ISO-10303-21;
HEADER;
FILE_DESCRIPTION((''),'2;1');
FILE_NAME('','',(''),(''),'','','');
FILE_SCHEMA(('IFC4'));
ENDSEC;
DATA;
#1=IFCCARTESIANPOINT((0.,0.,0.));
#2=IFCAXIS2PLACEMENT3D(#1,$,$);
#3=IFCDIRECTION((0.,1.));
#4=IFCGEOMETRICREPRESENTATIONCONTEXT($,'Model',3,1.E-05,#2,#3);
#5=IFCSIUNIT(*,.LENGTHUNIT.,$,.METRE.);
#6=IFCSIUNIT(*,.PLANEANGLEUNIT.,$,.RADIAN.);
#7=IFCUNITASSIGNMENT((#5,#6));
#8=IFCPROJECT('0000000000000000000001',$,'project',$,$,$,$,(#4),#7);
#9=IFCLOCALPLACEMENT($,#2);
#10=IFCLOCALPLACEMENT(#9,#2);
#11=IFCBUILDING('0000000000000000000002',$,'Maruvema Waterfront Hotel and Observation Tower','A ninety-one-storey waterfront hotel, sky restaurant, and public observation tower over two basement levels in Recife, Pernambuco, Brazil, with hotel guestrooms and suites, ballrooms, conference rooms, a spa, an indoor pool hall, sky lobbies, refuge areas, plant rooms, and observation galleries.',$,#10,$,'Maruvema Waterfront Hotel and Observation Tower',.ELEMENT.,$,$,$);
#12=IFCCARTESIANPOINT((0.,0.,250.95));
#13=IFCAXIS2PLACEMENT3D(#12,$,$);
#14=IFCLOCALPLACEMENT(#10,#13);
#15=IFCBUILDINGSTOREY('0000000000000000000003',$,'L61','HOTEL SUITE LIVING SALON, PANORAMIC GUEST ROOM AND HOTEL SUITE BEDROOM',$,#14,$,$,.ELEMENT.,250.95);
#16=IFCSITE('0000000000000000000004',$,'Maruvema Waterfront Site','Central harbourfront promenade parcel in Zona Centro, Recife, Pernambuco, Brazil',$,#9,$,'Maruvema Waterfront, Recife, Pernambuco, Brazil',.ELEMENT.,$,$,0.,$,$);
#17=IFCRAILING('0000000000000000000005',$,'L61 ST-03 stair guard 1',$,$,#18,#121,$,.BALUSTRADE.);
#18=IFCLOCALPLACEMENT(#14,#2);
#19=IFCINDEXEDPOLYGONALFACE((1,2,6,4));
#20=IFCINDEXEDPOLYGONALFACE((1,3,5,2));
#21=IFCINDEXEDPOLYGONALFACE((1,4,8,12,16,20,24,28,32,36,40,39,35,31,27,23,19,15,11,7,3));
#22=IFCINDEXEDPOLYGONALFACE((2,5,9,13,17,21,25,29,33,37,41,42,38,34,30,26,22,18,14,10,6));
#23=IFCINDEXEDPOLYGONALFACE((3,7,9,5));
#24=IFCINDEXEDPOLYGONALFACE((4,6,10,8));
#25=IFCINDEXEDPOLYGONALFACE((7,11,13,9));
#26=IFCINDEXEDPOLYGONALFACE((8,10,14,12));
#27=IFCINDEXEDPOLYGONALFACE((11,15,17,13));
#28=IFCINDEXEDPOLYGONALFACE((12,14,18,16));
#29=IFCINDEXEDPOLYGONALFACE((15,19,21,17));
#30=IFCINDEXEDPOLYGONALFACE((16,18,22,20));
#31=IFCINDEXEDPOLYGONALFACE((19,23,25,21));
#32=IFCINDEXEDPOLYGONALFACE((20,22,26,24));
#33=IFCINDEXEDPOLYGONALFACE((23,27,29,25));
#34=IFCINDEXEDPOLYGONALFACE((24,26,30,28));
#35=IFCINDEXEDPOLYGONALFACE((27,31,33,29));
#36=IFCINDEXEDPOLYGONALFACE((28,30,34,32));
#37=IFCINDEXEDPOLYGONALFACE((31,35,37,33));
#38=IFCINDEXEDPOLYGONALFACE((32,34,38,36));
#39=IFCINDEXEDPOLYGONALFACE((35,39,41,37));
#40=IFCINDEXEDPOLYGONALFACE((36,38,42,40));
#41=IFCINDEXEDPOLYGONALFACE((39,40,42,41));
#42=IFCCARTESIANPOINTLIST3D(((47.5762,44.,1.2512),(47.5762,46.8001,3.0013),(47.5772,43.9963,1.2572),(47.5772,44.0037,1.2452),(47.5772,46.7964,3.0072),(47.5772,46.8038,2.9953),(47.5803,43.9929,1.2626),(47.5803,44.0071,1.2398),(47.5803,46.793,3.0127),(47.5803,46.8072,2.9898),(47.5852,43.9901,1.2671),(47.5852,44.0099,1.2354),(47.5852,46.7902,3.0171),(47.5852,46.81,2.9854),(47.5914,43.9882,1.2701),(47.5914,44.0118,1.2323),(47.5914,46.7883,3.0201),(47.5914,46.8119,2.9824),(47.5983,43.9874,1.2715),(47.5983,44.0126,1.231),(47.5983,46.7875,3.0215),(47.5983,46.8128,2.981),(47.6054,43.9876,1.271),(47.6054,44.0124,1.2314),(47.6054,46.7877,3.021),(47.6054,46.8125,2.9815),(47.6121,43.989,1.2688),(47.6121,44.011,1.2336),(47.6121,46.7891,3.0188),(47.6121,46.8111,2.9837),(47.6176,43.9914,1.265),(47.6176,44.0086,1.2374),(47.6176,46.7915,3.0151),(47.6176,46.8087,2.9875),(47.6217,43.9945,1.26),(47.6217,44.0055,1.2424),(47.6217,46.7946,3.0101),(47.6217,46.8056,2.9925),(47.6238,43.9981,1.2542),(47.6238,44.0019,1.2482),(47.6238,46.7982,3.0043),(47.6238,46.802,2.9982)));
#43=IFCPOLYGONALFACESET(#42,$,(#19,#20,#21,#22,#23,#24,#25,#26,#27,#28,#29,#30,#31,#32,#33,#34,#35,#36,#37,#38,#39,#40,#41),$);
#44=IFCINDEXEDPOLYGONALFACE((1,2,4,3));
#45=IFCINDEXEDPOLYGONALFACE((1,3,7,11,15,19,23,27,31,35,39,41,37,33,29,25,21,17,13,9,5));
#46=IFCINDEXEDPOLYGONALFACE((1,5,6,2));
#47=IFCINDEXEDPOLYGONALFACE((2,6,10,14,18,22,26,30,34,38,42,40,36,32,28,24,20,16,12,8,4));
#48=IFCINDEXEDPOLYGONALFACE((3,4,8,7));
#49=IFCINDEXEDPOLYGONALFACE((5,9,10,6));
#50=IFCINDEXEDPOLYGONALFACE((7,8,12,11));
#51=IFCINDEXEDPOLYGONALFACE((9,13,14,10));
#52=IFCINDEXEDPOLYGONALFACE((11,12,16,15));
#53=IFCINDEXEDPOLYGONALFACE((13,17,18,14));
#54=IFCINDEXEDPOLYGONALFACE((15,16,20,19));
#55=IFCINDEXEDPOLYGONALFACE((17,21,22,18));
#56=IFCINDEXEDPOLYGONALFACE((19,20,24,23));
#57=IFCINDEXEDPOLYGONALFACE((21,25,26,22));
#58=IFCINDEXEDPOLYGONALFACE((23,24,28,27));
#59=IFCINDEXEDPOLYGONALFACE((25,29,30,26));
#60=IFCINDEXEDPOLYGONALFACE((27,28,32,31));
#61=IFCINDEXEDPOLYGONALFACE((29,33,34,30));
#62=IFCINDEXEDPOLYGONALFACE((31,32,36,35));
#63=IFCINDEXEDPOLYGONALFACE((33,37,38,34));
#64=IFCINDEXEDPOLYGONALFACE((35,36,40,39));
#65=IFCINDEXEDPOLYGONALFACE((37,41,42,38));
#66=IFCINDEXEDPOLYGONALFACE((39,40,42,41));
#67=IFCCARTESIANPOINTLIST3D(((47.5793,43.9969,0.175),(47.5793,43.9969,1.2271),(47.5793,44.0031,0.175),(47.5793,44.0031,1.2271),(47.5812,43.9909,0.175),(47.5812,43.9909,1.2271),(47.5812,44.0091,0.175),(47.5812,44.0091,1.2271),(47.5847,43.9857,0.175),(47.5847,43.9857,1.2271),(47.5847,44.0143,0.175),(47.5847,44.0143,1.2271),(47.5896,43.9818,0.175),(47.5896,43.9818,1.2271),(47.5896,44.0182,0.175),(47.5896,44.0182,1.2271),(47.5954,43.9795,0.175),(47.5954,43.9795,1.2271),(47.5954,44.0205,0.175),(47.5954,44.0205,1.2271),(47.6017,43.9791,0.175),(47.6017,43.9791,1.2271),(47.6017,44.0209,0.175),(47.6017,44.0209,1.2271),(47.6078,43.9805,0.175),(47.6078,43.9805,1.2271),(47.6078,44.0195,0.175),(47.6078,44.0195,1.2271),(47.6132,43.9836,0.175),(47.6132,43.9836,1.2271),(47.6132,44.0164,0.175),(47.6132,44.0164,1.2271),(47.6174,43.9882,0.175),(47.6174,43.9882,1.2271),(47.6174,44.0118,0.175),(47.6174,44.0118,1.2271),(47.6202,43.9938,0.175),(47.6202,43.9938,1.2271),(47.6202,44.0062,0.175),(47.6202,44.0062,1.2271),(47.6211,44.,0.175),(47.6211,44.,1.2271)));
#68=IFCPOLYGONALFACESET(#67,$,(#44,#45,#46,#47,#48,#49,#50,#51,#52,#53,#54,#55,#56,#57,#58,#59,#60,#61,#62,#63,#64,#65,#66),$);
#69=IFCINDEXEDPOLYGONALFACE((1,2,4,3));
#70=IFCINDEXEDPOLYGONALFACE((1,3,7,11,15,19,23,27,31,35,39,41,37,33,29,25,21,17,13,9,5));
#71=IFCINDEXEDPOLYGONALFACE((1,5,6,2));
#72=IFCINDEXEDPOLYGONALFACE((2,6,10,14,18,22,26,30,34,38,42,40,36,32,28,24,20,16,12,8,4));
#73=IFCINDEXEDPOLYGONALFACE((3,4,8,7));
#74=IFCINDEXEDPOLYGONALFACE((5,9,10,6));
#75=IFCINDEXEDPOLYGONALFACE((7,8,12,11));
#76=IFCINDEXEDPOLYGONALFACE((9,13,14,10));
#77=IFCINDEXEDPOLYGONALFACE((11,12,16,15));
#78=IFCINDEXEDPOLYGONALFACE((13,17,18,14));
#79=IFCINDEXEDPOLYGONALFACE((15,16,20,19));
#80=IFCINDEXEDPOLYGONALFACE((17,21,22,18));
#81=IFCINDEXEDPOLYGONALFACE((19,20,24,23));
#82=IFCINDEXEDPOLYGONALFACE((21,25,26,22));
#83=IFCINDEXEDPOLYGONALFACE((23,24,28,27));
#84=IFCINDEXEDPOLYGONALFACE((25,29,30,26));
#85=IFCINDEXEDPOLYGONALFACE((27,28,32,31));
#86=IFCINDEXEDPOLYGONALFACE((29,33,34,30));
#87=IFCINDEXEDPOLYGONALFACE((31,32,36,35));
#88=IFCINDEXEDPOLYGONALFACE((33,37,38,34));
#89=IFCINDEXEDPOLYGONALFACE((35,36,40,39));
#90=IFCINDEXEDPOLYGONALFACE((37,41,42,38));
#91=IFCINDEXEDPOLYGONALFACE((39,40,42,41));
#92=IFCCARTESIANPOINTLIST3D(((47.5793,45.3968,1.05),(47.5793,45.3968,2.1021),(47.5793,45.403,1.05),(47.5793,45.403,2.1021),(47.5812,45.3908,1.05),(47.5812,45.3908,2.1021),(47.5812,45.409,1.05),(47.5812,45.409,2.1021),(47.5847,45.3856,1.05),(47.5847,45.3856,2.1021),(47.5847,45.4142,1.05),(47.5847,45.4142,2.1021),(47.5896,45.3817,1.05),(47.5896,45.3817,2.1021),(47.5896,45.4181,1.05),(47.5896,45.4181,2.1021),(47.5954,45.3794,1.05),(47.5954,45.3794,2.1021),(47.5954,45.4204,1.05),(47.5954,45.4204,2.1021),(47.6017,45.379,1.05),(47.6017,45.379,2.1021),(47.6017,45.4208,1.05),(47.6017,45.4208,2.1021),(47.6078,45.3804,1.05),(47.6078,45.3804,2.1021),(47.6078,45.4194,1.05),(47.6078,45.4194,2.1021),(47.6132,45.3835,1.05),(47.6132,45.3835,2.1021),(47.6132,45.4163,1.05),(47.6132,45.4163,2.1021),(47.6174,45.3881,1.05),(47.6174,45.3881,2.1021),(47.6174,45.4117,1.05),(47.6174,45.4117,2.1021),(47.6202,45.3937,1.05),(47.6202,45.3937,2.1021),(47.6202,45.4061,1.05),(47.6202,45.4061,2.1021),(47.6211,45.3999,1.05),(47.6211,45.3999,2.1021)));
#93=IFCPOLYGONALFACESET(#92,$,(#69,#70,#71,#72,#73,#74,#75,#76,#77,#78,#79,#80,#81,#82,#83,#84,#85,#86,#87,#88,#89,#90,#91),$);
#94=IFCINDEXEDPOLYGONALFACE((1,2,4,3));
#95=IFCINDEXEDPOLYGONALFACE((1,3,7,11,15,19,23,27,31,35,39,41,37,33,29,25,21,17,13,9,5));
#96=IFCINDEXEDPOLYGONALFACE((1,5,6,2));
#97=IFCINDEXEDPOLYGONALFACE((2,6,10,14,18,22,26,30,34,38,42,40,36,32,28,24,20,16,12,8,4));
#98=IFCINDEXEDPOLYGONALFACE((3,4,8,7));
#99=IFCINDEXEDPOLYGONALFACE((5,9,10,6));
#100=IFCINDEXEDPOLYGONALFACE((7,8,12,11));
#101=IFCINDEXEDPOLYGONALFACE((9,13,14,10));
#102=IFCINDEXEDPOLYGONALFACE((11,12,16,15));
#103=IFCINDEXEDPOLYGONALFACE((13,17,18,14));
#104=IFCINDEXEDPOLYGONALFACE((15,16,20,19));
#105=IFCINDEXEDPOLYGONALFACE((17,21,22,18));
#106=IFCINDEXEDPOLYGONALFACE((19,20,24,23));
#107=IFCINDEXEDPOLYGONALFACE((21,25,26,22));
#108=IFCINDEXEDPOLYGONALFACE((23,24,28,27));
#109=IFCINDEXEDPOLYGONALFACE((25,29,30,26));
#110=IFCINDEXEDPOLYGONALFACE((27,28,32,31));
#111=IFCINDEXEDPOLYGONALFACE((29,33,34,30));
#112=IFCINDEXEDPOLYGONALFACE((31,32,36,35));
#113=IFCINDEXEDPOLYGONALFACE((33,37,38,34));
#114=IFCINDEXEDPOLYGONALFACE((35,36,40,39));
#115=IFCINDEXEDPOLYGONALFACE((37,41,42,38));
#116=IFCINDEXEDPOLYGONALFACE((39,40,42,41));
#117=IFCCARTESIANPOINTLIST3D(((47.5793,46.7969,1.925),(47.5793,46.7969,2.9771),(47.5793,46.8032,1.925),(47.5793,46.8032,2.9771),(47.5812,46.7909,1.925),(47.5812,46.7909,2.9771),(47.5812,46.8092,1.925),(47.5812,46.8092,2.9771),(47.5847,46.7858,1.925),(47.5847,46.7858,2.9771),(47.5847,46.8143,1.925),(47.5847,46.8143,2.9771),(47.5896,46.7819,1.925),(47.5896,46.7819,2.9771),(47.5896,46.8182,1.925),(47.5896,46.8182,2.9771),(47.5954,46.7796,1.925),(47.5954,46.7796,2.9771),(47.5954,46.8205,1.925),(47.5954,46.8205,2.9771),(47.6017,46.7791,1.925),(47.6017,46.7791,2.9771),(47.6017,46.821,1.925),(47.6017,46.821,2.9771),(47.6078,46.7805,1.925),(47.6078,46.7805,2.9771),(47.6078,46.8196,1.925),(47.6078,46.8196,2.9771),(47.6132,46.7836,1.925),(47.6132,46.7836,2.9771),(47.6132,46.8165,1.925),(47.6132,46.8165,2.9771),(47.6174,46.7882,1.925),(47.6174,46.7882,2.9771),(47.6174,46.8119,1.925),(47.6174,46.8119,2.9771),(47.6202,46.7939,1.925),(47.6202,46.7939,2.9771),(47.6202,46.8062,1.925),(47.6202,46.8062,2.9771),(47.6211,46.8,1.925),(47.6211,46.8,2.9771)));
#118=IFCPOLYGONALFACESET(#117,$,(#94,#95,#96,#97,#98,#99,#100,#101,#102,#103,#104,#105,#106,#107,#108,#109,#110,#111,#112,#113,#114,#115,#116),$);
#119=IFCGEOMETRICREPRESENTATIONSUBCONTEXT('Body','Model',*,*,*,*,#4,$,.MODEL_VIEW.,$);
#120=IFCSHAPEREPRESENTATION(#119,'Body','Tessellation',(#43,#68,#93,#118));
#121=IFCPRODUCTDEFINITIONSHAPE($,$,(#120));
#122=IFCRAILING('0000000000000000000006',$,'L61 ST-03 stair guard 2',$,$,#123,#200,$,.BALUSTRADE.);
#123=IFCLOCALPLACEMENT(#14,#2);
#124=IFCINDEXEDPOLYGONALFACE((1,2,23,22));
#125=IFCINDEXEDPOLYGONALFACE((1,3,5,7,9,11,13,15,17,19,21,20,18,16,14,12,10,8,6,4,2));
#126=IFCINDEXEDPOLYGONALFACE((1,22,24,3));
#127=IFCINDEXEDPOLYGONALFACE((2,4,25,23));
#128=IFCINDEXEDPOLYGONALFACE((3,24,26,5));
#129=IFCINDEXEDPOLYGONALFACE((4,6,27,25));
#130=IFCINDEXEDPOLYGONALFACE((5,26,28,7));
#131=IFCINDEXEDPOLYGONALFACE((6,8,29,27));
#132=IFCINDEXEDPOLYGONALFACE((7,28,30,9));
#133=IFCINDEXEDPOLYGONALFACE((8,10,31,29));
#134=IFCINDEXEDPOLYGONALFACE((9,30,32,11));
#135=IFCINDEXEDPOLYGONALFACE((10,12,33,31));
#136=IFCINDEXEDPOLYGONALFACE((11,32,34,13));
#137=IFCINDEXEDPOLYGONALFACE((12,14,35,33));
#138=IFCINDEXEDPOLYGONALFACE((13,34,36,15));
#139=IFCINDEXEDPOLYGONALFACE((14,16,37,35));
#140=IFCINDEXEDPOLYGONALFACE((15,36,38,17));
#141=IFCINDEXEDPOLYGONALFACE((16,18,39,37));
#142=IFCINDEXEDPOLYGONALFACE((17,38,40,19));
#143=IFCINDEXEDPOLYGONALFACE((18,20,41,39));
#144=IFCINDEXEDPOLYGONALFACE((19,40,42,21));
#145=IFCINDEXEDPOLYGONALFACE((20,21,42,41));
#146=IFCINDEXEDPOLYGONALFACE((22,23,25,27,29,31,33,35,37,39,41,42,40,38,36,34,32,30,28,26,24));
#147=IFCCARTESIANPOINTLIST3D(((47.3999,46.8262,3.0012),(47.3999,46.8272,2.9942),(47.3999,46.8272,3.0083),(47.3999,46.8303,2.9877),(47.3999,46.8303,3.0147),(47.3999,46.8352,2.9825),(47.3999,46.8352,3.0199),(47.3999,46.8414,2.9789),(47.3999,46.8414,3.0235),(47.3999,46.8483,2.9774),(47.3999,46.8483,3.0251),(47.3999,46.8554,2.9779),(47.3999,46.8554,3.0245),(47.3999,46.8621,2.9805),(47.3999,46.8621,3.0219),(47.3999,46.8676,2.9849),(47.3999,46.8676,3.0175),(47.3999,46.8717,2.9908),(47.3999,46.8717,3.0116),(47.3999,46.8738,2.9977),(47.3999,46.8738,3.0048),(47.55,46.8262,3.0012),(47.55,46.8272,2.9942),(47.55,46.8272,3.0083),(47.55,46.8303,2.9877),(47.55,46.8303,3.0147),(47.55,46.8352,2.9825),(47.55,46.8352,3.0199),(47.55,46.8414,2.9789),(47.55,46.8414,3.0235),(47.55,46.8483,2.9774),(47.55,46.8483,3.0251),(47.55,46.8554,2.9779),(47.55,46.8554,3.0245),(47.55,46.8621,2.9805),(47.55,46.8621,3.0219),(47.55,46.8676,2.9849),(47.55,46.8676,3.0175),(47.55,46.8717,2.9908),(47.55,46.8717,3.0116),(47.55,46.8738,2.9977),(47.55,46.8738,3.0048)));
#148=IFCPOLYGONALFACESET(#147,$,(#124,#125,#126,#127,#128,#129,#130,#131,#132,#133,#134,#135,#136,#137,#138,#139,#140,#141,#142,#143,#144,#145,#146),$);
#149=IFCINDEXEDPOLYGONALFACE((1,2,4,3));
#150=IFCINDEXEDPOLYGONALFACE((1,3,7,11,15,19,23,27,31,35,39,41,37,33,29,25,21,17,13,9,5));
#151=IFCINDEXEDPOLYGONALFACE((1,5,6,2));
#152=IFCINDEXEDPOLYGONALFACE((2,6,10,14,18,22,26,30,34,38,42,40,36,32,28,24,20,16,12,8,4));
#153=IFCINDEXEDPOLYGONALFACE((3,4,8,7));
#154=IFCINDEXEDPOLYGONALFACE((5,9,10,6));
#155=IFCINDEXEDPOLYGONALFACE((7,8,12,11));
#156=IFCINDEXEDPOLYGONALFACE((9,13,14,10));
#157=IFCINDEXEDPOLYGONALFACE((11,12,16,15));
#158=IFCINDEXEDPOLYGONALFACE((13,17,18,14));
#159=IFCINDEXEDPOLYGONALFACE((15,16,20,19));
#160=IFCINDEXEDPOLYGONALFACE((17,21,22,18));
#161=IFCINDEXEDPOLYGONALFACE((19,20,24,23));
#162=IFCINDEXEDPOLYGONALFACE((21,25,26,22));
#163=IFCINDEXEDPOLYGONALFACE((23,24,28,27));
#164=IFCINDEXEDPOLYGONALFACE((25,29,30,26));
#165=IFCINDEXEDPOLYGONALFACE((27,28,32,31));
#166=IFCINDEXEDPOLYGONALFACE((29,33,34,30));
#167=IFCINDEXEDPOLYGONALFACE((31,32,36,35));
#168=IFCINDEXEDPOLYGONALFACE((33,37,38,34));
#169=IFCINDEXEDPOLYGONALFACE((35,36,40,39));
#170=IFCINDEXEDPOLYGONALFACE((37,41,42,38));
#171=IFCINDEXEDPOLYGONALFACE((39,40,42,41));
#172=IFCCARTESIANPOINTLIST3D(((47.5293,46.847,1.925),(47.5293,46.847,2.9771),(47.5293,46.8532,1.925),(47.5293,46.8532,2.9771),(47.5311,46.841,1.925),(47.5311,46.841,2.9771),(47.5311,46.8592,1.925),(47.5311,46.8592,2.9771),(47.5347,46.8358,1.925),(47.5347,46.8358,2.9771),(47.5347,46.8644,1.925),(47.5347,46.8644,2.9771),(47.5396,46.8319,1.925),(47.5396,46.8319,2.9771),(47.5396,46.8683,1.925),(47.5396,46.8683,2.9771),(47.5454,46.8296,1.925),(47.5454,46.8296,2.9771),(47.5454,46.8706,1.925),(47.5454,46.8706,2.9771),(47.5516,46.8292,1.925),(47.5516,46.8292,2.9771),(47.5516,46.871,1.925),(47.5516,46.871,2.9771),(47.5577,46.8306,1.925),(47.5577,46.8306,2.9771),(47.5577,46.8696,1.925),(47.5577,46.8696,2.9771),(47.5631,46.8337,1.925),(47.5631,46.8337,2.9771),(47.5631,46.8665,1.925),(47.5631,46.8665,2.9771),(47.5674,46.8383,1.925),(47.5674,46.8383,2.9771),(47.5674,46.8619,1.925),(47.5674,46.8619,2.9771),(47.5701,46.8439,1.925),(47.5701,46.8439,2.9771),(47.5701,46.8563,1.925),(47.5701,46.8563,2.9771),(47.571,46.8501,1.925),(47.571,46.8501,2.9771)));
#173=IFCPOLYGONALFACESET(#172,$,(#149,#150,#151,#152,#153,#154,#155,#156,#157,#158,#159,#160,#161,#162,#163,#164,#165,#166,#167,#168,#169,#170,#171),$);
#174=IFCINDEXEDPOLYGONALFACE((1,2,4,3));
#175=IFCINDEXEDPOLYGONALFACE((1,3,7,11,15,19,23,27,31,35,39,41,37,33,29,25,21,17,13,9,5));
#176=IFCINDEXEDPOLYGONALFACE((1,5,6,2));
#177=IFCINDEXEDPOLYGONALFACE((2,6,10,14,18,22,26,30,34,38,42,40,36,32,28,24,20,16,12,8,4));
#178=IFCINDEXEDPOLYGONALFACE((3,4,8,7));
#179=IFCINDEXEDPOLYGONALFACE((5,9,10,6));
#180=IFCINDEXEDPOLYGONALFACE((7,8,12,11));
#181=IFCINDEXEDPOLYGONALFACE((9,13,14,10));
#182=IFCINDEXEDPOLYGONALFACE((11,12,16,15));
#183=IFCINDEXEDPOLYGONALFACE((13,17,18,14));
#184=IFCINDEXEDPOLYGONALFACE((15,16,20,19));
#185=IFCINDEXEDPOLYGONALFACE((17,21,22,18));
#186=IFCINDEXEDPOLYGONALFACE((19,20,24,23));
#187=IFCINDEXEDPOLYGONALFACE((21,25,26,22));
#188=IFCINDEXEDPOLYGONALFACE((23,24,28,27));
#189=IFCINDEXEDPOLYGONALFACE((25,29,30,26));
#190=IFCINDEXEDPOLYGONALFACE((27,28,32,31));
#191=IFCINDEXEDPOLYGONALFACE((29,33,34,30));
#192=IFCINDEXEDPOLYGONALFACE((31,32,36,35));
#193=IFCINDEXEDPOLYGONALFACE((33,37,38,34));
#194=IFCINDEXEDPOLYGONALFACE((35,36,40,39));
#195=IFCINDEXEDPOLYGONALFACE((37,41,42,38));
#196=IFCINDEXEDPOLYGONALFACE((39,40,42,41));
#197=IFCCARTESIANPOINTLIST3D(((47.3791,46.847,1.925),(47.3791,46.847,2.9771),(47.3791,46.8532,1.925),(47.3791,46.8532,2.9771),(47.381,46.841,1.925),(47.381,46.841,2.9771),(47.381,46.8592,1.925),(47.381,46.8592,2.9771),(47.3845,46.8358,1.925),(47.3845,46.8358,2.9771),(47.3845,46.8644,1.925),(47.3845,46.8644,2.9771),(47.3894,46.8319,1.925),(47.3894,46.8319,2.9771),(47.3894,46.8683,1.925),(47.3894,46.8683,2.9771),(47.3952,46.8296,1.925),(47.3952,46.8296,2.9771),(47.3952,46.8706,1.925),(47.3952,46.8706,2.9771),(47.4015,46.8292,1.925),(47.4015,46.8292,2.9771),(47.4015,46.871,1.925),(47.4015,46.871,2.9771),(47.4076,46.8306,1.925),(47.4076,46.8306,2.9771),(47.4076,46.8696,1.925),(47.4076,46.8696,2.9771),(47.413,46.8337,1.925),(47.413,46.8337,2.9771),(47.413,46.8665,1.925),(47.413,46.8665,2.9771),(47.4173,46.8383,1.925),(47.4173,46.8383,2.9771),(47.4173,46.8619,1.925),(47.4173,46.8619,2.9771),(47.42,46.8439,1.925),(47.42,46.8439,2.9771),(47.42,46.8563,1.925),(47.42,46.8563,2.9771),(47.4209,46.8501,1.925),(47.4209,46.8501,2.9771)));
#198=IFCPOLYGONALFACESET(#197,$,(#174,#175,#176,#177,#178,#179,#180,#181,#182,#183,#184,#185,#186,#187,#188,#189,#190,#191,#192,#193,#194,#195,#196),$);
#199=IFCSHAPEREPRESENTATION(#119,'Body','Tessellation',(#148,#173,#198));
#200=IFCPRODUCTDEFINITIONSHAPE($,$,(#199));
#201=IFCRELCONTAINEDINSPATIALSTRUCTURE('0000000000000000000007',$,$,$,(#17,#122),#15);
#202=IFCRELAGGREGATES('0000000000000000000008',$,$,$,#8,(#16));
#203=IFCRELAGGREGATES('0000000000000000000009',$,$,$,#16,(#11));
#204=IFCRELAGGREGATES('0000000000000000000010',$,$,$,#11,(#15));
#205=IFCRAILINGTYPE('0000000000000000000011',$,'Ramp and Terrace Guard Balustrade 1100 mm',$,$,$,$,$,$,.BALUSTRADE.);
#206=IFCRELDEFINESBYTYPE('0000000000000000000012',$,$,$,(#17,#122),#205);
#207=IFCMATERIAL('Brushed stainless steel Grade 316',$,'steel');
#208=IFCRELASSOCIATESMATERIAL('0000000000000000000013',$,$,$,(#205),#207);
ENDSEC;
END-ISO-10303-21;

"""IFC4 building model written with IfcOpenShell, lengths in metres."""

from ifc_helpers import new_model, si_unit, direction, frame, origin, origin_2d, place, context, subcontext, project, spatial, circle, extrude, material, type_object, element, save


model = new_model("IFC4")

# Units and contexts
model_context = context("Model", 3, precision=1e-05, world=origin(), true_north=direction((0.0, 1.0)))
body_context = subcontext(model_context, "Body", "Model", "MODEL_VIEW")
ifc_project = project(units=[si_unit("LENGTHUNIT", "METRE"), si_unit("PLANEANGLEUNIT", "RADIAN")], contexts=[model_context])

# Site, building, storey
site_placement = place(None, origin())
site = spatial("IfcSite", under=ifc_project, at=site_placement, Name="Maruvema Waterfront Site", Description="Central harbourfront promenade parcel in Zona Centro, Recife, Pernambuco, Brazil", LongName="Maruvema Waterfront, Recife, Pernambuco, Brazil", CompositionType="ELEMENT", RefElevation=0.0)
building_placement = place(site_placement, origin())
building = spatial("IfcBuilding", under=site, at=building_placement, Name="Maruvema Waterfront Hotel and Observation Tower", Description="A ninety-one-storey waterfront hotel, sky restaurant, and public observation tower over two basement levels in Recife, Pernambuco, Brazil, with hotel guestrooms and suites, ballrooms, conference rooms, a spa, an indoor pool hall, sky lobbies, refuge areas, plant rooms, and observation galleries.", LongName="Maruvema Waterfront Hotel and Observation Tower", CompositionType="ELEMENT")
storey_placement = place(building_placement, frame((0.0, 0.0, 250.95)))
storey = spatial("IfcBuildingStorey", under=building, at=storey_placement, Name="L61", Description="HOTEL SUITE LIVING SALON, PANORAMIC GUEST ROOM AND HOTEL SUITE BEDROOM", CompositionType="ELEMENT", Elevation=250.95)

# Railings
ifc_material_1 = material(Name="Brushed stainless steel Grade 316", Category="steel")
railing_type_1 = type_object("IfcRailingType", Name="Ramp and Terrace Guard Balustrade 1100 mm", PredefinedType="BALUSTRADE", material=ifc_material_1)
railing_1_placement = place(storey_placement, frame((47.6001, 44.0, 0.175)))
element("IfcRailing", 1, at=railing_1_placement, inside=storey, type_object=railing_type_1, Name="L61 ST-03 stair guard 1", PredefinedType="BALUSTRADE", context=body_context, shape_type="SweptSolid", body=[
    extrude(circle(Radius=0.0239, at=origin_2d()), frame((0.0, 0.0, 1.0762), z_axis=(0.0, 0.848002, 0.529992), x_axis=(-1.0, 0.0, 0.0)), (0.0, 0.0, 1.0), 3.302),
    extrude(circle(Radius=0.021, at=origin_2d()), origin(), (0.0, 0.0, 1.0), 1.052),
    extrude(circle(Radius=0.021, at=origin_2d()), frame((0.0, 1.3999, 0.875)), (0.0, 0.0, 1.0), 1.052),
    extrude(circle(Radius=0.021, at=origin_2d()), frame((0.0, 2.8, 1.75)), (0.0, 0.0, 1.0), 1.052),
])
railing_2_placement = place(storey_placement, frame((47.55, 46.8501, 1.925)))
element("IfcRailing", 2, at=railing_2_placement, inside=storey, type_object=railing_type_1, Name="L61 ST-03 stair guard 2", PredefinedType="BALUSTRADE", context=body_context, shape_type="SweptSolid", body=[
    extrude(circle(Radius=0.0239, at=origin_2d()), frame((0.0, 0.0, 1.0762), z_axis=(-1.0, 0.0, 0.0), x_axis=(0.0, -1.0, 0.0)), (0.0, 0.0, 1.0), 0.1501),
    extrude(circle(Radius=0.021, at=origin_2d()), origin(), (0.0, 0.0, 1.0), 1.052),
    extrude(circle(Radius=0.021, at=origin_2d()), frame((-0.1501, 0.0, 0.0)), (0.0, 0.0, 1.0), 1.052),
])

save(model, "model.ifc")
